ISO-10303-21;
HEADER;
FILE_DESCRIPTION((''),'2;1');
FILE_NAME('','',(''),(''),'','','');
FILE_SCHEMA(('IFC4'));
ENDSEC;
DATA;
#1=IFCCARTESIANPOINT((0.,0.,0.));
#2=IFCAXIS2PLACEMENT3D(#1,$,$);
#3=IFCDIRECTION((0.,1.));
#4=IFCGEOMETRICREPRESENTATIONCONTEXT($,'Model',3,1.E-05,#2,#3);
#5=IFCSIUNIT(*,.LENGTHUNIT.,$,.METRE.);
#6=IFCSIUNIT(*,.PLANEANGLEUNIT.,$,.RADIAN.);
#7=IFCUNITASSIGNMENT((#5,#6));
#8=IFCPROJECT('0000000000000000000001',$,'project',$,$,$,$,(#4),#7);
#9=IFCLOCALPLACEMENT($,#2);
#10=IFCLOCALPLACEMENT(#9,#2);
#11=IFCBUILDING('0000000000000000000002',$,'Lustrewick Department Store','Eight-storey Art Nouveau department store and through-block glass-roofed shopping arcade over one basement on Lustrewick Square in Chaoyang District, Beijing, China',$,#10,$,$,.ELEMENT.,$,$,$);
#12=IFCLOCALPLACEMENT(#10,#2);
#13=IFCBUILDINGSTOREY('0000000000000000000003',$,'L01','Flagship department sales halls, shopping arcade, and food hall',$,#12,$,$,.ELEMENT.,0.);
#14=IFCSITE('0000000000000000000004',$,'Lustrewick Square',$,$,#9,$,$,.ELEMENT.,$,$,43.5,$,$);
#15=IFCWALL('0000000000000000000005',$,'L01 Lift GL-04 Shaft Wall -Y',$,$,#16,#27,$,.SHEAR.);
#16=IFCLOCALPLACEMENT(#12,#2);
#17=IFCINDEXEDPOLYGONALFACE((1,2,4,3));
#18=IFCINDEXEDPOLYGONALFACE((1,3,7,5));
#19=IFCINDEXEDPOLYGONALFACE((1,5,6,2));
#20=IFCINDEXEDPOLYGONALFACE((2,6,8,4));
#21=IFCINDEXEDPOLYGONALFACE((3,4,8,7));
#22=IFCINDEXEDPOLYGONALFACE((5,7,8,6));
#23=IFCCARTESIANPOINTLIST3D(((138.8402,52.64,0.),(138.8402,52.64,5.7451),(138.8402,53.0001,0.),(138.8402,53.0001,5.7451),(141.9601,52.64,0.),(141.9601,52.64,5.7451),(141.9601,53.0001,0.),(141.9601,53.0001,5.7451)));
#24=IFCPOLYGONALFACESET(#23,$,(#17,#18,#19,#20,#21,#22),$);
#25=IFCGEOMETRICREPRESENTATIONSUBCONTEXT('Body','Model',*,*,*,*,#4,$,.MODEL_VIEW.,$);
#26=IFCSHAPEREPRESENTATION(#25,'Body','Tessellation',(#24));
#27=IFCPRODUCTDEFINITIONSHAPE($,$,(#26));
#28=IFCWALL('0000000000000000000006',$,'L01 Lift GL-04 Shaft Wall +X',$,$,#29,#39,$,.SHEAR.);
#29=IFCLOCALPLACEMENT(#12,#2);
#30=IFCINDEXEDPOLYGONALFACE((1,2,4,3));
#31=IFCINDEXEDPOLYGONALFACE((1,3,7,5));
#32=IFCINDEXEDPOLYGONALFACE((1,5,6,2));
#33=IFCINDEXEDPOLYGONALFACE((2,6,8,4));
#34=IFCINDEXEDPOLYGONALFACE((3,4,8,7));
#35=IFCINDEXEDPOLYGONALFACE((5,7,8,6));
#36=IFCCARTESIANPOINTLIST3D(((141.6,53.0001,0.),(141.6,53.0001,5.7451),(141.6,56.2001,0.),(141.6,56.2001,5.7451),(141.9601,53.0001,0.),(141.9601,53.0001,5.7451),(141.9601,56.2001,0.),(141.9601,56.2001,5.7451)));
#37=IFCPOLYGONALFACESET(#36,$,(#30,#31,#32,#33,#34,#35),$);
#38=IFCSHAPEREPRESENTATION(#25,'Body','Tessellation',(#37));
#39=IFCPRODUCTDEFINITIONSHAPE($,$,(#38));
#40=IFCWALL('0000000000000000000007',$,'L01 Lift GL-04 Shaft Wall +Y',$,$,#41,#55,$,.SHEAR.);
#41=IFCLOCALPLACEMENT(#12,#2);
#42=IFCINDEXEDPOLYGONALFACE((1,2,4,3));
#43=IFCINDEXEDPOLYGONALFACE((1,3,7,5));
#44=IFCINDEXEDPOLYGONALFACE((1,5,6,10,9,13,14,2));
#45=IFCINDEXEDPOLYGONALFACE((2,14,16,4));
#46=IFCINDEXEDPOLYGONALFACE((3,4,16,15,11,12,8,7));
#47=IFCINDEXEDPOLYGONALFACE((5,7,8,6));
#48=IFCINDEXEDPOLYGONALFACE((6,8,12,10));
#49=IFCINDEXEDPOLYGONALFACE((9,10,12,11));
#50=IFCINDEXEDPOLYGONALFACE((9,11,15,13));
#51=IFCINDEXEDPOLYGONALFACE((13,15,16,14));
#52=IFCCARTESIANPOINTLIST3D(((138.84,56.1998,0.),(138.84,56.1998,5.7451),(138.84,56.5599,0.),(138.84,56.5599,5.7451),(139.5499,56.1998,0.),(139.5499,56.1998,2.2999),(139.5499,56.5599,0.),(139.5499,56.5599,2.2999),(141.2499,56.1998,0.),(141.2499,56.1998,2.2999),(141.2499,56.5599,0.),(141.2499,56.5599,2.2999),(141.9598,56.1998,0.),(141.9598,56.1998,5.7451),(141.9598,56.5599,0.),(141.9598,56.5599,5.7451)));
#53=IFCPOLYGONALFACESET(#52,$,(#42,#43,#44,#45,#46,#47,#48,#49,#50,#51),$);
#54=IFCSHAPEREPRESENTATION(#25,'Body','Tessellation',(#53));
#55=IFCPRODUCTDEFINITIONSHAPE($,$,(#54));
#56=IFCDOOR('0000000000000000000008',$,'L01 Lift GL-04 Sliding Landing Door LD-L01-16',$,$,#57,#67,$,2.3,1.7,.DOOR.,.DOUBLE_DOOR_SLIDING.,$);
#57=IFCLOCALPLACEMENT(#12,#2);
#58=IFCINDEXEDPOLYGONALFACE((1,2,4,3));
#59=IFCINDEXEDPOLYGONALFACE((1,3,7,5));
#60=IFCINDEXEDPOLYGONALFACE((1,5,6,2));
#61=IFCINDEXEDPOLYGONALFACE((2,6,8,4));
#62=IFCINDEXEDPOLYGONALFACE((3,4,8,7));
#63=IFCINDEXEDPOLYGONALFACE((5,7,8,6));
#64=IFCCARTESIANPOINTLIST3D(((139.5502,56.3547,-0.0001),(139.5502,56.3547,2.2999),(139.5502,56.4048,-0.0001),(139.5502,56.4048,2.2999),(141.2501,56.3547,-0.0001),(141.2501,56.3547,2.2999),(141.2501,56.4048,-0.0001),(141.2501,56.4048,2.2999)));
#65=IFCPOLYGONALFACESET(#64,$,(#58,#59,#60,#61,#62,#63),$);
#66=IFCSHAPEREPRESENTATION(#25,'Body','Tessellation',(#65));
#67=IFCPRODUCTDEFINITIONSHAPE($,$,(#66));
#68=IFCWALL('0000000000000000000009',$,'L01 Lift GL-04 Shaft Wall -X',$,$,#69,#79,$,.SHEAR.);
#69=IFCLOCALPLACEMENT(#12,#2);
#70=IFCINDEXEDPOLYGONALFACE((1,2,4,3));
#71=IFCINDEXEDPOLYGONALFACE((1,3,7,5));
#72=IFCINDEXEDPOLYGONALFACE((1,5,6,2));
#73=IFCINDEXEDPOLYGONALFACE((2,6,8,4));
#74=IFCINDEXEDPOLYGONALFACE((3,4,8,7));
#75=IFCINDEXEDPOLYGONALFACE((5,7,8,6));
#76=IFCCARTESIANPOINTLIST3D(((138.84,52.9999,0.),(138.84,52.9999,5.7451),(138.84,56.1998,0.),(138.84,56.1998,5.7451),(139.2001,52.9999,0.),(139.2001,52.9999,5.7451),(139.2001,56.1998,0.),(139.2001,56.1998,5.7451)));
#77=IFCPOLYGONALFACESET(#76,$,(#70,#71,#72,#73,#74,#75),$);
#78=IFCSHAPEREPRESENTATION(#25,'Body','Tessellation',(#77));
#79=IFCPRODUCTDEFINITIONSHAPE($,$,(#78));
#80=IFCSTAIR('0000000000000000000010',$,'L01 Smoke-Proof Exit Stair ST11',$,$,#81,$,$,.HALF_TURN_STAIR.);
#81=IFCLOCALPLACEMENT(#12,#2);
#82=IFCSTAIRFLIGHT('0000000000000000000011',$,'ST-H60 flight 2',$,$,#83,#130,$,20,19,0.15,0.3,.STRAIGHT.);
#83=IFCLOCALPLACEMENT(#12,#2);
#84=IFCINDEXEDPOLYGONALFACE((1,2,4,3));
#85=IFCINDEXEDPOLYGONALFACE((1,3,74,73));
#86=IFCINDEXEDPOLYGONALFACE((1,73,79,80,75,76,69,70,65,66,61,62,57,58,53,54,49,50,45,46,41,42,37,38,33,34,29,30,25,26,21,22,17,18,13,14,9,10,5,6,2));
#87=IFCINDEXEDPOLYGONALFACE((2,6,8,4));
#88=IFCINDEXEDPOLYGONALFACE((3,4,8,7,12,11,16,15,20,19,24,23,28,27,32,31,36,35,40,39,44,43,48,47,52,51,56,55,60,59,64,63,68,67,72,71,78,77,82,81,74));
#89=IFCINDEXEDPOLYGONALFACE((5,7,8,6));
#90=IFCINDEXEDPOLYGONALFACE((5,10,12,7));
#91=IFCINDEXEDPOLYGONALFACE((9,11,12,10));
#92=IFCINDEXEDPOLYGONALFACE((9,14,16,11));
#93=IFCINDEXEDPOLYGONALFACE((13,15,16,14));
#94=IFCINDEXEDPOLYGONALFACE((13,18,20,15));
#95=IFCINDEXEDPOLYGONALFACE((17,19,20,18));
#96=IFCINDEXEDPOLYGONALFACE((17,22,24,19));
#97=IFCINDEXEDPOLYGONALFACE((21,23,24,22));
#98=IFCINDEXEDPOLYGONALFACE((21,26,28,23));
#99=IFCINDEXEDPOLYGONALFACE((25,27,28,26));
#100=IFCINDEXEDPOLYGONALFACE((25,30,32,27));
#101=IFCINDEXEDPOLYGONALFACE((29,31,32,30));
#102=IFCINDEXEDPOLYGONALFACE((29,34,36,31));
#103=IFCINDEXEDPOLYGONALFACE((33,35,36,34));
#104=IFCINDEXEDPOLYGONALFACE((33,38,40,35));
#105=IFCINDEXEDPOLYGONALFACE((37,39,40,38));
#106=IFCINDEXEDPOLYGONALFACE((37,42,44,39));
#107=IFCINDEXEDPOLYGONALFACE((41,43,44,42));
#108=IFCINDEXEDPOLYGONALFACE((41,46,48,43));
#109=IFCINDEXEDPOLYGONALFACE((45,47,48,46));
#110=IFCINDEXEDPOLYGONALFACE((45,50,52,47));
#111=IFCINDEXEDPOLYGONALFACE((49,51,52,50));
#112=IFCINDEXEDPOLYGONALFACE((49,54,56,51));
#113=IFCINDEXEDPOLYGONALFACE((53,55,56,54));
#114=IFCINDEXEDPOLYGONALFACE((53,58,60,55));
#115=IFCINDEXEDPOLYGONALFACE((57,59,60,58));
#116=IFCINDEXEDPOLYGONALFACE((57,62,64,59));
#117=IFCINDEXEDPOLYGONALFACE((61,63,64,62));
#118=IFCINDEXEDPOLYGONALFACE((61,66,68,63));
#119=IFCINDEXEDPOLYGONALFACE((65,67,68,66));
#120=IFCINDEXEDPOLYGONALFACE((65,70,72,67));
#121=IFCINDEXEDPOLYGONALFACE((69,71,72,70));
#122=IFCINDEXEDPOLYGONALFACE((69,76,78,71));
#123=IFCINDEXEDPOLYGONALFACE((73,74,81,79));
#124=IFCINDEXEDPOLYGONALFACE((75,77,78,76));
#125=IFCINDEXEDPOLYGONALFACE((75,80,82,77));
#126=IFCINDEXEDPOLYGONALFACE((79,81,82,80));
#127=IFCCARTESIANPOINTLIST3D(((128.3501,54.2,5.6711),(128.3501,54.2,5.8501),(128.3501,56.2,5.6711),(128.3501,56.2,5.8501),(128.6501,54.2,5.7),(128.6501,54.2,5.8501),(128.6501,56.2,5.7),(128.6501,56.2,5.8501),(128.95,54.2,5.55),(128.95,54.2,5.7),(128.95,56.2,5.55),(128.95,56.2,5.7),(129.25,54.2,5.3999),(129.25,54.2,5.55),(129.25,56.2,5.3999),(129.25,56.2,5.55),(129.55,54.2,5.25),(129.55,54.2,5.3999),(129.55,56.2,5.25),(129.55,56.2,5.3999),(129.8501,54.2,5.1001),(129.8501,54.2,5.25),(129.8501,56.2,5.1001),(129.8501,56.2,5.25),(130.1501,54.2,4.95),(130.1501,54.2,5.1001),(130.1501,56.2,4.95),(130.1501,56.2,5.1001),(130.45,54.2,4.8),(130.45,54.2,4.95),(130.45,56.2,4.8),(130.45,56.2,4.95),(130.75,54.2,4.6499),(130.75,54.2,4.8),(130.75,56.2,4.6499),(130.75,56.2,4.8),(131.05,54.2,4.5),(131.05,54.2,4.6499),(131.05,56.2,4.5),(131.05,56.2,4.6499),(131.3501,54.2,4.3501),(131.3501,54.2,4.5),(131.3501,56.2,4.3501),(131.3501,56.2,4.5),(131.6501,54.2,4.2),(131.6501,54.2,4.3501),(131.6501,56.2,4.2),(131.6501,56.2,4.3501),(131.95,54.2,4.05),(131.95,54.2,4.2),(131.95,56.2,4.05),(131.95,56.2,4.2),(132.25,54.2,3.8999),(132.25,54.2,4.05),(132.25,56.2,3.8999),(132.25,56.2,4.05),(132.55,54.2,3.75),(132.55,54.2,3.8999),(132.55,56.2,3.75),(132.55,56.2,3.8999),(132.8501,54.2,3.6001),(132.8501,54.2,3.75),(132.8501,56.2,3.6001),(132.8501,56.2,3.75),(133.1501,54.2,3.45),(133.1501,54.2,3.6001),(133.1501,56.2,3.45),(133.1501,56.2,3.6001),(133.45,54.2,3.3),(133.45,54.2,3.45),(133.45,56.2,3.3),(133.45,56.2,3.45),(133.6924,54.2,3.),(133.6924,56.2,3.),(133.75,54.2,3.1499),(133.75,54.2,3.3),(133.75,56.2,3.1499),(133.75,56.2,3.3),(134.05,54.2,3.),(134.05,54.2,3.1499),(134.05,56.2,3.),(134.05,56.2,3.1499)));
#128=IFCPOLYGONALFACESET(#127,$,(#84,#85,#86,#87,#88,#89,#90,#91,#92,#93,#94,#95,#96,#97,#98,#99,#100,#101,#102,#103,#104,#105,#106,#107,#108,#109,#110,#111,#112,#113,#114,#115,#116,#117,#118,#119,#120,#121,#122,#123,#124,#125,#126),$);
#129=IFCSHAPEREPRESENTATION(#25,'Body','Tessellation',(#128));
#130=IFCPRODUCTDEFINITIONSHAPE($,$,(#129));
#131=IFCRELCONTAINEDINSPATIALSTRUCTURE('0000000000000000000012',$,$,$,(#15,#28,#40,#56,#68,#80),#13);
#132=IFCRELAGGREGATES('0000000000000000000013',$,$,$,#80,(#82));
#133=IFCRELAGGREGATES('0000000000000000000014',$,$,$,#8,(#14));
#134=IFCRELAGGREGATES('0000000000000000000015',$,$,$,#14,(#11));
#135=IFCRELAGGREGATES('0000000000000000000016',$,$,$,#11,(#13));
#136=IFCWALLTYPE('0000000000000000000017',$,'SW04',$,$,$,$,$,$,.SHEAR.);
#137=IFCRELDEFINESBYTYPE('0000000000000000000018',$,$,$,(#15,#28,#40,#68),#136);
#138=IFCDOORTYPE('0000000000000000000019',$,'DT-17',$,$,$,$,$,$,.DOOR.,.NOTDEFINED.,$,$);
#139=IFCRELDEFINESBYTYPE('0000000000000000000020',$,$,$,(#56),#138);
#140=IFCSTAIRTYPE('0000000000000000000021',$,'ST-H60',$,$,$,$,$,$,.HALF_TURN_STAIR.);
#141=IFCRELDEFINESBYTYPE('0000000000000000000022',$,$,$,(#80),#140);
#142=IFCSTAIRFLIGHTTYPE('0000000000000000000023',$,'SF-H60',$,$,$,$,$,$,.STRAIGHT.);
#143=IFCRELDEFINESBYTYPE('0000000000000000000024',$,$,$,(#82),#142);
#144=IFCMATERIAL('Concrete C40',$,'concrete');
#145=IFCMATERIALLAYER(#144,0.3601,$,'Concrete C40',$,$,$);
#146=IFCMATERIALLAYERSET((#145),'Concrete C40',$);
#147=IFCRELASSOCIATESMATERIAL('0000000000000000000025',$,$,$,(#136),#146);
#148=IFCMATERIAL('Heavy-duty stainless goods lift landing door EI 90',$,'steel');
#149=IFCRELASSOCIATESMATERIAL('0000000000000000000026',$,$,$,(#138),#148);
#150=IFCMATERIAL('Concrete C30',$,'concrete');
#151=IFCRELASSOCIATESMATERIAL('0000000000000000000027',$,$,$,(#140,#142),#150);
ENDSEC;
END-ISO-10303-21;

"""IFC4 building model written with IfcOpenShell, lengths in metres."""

from ifc_helpers import new_model, si_unit, direction, frame, frame_2d, origin, place, context, subcontext, project, spatial, polyline, rectangle, outline, extrude, material, layer, layer_set, type_object, element, fill, aggregate, save


model = new_model("IFC4")

# Units and contexts
model_context = context("Model", 3, precision=1e-05, world=origin(), true_north=direction((0.0, 1.0)))
body_context = subcontext(model_context, "Body", "Model", "MODEL_VIEW")
ifc_project = project(units=[si_unit("LENGTHUNIT", "METRE"), si_unit("PLANEANGLEUNIT", "RADIAN")], contexts=[model_context])

# Site, building, storey
site_placement = place(None, origin())
site = spatial("IfcSite", under=ifc_project, at=site_placement, Name="Lustrewick Square", CompositionType="ELEMENT", RefElevation=43.5)
building_placement = place(site_placement, origin())
building = spatial("IfcBuilding", under=site, at=building_placement, Name="Lustrewick Department Store", Description="Eight-storey Art Nouveau department store and through-block glass-roofed shopping arcade over one basement on Lustrewick Square in Chaoyang District, Beijing, China", CompositionType="ELEMENT")
storey_placement = place(building_placement, origin())
storey = spatial("IfcBuildingStorey", under=building, at=storey_placement, Name="L01", Description="Flagship department sales halls, shopping arcade, and food hall", CompositionType="ELEMENT", Elevation=0.0)

# Walls
ifc_material_1 = material(Name="Concrete C40", Category="concrete")
ifc_layer_1 = layer(ifc_material_1, 0.3601, Name="Concrete C40")
ifc_layer_set_1 = layer_set([ifc_layer_1], Name="Concrete C40")
wall_type_1 = type_object("IfcWallType", Name="SW04", PredefinedType="SHEAR", material=ifc_layer_set_1)
wall_1_placement = place(storey_placement, frame((138.8401, 52.8201, 0.0), z_axis=(0.0, 0.0, 1.0), x_axis=(1.0, 0.0, 0.0)))
element("IfcWall", 1, at=wall_1_placement, inside=storey, type_object=wall_type_1, Name="L01 Lift GL-04 Shaft Wall -Y", PredefinedType="SHEAR", context=body_context, shape_type="SweptSolid", body=[
    extrude(rectangle(XDim=3.1199, YDim=0.3601, at=frame_2d((1.5601, 0.0))), origin(), (0.0, 0.0, 1.0), 5.7451),
])
wall_2_placement = place(storey_placement, frame((141.78, 53.0, 0.0), z_axis=(0.0, 0.0, 1.0), x_axis=(0.0, 1.0, 0.0)))
element("IfcWall", 2, at=wall_2_placement, inside=storey, type_object=wall_type_1, Name="L01 Lift GL-04 Shaft Wall +X", PredefinedType="SHEAR", context=body_context, shape_type="SweptSolid", body=[
    extrude(rectangle(XDim=3.2, YDim=0.3601, at=frame_2d((1.6001, 0.0))), origin(), (0.0, 0.0, 1.0), 5.7451),
])

# Wall, opening, door
wall_3_placement = place(storey_placement, frame((141.96, 56.3799, 0.0), z_axis=(0.0, 0.0, 1.0), x_axis=(-1.0, 0.0, 0.0)))
wall_3 = element("IfcWall", 3, at=wall_3_placement, inside=storey, type_object=wall_type_1, Name="L01 Lift GL-04 Shaft Wall +Y", PredefinedType="SHEAR", context=body_context, shape_type="SweptSolid", body=[
    extrude(rectangle(XDim=3.1199, YDim=0.3601, at=frame_2d((1.5601, 0.0))), origin(), (0.0, 0.0, 1.0), 5.7451),
])
opening_placement = place(wall_3_placement, frame((0.71, 0.0, 0.0)))
opening = element("IfcOpeningElement", 4, at=opening_placement, cuts=wall_3, PredefinedType="OPENING", context=body_context, shape_type="SweptSolid", body=[
    extrude(rectangle(XDim=1.7, YDim=2.3, at=frame_2d((0.8501, 1.1499))), frame((0.0, 0.1899, 0.0), z_axis=(0.0, -1.0, 0.0), x_axis=(1.0, 0.0, 0.0)), (0.0, 0.0, 1.0), 0.3801),
])
ifc_material_2 = material(Name="Heavy-duty stainless goods lift landing door EI 90", Category="steel")
door_type = type_object("IfcDoorType", Name="DT-17", OperationType="NOTDEFINED", PredefinedType="DOOR", material=ifc_material_2)
door_placement = place(opening_placement, frame((1.7, 0.0, 0.0), z_axis=(0.0, 0.0, 1.0), x_axis=(-1.0, 0.0, 0.0)))
door = element("IfcDoor", 5, at=door_placement, inside=storey, type_object=door_type, Name="L01 Lift GL-04 Sliding Landing Door LD-L01-16", OperationType="DOUBLE_DOOR_SLIDING", OverallHeight=2.3, OverallWidth=1.7, PredefinedType="DOOR", context=body_context, shape_type="SweptSolid", body=[
    extrude(rectangle(XDim=1.7, YDim=2.3, at=frame_2d((0.8501, 1.1499))), frame((0.0, 0.0249, 0.0), z_axis=(0.0, -1.0, 0.0), x_axis=(1.0, 0.0, 0.0)), (0.0, 0.0, 1.0), 0.05),
])
fill(opening, door)

# Wall
wall_4_placement = place(storey_placement, frame((139.02, 56.2, 0.0), z_axis=(0.0, 0.0, 1.0), x_axis=(0.0, -1.0, 0.0)))
element("IfcWall", 6, at=wall_4_placement, inside=storey, type_object=wall_type_1, Name="L01 Lift GL-04 Shaft Wall -X", PredefinedType="SHEAR", context=body_context, shape_type="SweptSolid", body=[
    extrude(rectangle(XDim=3.2, YDim=0.3601, at=frame_2d((1.6001, 0.0))), origin(), (0.0, 0.0, 1.0), 5.7451),
])

# Stair, stair flight
ifc_material_3 = material(Name="Concrete C30", Category="concrete")
stair_type = type_object("IfcStairType", Name="ST-H60", PredefinedType="HALF_TURN_STAIR", material=ifc_material_3)
stair_placement = place(storey_placement, origin())
stair = element("IfcStair", 7, at=stair_placement, inside=storey, type_object=stair_type, Name="L01 Smoke-Proof Exit Stair ST11", PredefinedType="HALF_TURN_STAIR")
stair_flight_type = type_object("IfcStairFlightType", Name="SF-H60", PredefinedType="STRAIGHT", material=ifc_material_3)
stair_flight_placement = place(storey_placement, frame((134.05, 55.2, 3.0), z_axis=(0.0, 0.0, 1.0), x_axis=(-1.0, 0.0, 0.0)))
stair_flight = element("IfcStairFlight", 8, at=stair_flight_placement, type_object=stair_flight_type, Name="ST-H60 flight 2", NumberOfRisers=20, NumberOfTreads=19, PredefinedType="STRAIGHT", RiserHeight=0.15, TreadLength=0.3, context=body_context, shape_type="SweptSolid", body=[
    extrude(outline(polyline([(0.0, 0.0), (0.0, 0.1499), (0.3, 0.1499), (0.3, 0.3), (0.6001, 0.3), (0.6001, 0.45), (0.8999, 0.45), (0.8999, 0.6001), (1.2, 0.6001), (1.2, 0.75), (1.5, 0.75), (1.5, 0.8999), (1.8, 0.8999), (1.8, 1.05), (2.1001, 1.05), (2.1001, 1.2), (2.3999, 1.2), (2.3999, 1.3501), (2.7, 1.3501), (2.7, 1.5), (3.0, 1.5), (3.0, 1.6499), (3.3, 1.6499), (3.3, 1.8), (3.6001, 1.8), (3.6001, 1.95), (3.8999, 1.95), (3.8999, 2.1001), (4.2, 2.1001), (4.2, 2.25), (4.5, 2.25), (4.5, 2.3999), (4.8, 2.3999), (4.8, 2.55), (5.1001, 2.55), (5.1001, 2.7), (5.3999, 2.7), (5.3999, 2.8501), (5.7, 2.8501), (5.7, 3.0), (5.7, 2.6711), (0.3577, 0.0), (0.0, 0.0)])), frame((0.0, 1.0, 0.0), z_axis=(0.0, -1.0, 0.0), x_axis=(1.0, 0.0, 0.0)), (0.0, 0.0, 1.0), 2.0),
])
aggregate(stair, [stair_flight])

save(model, "model.ifc")
